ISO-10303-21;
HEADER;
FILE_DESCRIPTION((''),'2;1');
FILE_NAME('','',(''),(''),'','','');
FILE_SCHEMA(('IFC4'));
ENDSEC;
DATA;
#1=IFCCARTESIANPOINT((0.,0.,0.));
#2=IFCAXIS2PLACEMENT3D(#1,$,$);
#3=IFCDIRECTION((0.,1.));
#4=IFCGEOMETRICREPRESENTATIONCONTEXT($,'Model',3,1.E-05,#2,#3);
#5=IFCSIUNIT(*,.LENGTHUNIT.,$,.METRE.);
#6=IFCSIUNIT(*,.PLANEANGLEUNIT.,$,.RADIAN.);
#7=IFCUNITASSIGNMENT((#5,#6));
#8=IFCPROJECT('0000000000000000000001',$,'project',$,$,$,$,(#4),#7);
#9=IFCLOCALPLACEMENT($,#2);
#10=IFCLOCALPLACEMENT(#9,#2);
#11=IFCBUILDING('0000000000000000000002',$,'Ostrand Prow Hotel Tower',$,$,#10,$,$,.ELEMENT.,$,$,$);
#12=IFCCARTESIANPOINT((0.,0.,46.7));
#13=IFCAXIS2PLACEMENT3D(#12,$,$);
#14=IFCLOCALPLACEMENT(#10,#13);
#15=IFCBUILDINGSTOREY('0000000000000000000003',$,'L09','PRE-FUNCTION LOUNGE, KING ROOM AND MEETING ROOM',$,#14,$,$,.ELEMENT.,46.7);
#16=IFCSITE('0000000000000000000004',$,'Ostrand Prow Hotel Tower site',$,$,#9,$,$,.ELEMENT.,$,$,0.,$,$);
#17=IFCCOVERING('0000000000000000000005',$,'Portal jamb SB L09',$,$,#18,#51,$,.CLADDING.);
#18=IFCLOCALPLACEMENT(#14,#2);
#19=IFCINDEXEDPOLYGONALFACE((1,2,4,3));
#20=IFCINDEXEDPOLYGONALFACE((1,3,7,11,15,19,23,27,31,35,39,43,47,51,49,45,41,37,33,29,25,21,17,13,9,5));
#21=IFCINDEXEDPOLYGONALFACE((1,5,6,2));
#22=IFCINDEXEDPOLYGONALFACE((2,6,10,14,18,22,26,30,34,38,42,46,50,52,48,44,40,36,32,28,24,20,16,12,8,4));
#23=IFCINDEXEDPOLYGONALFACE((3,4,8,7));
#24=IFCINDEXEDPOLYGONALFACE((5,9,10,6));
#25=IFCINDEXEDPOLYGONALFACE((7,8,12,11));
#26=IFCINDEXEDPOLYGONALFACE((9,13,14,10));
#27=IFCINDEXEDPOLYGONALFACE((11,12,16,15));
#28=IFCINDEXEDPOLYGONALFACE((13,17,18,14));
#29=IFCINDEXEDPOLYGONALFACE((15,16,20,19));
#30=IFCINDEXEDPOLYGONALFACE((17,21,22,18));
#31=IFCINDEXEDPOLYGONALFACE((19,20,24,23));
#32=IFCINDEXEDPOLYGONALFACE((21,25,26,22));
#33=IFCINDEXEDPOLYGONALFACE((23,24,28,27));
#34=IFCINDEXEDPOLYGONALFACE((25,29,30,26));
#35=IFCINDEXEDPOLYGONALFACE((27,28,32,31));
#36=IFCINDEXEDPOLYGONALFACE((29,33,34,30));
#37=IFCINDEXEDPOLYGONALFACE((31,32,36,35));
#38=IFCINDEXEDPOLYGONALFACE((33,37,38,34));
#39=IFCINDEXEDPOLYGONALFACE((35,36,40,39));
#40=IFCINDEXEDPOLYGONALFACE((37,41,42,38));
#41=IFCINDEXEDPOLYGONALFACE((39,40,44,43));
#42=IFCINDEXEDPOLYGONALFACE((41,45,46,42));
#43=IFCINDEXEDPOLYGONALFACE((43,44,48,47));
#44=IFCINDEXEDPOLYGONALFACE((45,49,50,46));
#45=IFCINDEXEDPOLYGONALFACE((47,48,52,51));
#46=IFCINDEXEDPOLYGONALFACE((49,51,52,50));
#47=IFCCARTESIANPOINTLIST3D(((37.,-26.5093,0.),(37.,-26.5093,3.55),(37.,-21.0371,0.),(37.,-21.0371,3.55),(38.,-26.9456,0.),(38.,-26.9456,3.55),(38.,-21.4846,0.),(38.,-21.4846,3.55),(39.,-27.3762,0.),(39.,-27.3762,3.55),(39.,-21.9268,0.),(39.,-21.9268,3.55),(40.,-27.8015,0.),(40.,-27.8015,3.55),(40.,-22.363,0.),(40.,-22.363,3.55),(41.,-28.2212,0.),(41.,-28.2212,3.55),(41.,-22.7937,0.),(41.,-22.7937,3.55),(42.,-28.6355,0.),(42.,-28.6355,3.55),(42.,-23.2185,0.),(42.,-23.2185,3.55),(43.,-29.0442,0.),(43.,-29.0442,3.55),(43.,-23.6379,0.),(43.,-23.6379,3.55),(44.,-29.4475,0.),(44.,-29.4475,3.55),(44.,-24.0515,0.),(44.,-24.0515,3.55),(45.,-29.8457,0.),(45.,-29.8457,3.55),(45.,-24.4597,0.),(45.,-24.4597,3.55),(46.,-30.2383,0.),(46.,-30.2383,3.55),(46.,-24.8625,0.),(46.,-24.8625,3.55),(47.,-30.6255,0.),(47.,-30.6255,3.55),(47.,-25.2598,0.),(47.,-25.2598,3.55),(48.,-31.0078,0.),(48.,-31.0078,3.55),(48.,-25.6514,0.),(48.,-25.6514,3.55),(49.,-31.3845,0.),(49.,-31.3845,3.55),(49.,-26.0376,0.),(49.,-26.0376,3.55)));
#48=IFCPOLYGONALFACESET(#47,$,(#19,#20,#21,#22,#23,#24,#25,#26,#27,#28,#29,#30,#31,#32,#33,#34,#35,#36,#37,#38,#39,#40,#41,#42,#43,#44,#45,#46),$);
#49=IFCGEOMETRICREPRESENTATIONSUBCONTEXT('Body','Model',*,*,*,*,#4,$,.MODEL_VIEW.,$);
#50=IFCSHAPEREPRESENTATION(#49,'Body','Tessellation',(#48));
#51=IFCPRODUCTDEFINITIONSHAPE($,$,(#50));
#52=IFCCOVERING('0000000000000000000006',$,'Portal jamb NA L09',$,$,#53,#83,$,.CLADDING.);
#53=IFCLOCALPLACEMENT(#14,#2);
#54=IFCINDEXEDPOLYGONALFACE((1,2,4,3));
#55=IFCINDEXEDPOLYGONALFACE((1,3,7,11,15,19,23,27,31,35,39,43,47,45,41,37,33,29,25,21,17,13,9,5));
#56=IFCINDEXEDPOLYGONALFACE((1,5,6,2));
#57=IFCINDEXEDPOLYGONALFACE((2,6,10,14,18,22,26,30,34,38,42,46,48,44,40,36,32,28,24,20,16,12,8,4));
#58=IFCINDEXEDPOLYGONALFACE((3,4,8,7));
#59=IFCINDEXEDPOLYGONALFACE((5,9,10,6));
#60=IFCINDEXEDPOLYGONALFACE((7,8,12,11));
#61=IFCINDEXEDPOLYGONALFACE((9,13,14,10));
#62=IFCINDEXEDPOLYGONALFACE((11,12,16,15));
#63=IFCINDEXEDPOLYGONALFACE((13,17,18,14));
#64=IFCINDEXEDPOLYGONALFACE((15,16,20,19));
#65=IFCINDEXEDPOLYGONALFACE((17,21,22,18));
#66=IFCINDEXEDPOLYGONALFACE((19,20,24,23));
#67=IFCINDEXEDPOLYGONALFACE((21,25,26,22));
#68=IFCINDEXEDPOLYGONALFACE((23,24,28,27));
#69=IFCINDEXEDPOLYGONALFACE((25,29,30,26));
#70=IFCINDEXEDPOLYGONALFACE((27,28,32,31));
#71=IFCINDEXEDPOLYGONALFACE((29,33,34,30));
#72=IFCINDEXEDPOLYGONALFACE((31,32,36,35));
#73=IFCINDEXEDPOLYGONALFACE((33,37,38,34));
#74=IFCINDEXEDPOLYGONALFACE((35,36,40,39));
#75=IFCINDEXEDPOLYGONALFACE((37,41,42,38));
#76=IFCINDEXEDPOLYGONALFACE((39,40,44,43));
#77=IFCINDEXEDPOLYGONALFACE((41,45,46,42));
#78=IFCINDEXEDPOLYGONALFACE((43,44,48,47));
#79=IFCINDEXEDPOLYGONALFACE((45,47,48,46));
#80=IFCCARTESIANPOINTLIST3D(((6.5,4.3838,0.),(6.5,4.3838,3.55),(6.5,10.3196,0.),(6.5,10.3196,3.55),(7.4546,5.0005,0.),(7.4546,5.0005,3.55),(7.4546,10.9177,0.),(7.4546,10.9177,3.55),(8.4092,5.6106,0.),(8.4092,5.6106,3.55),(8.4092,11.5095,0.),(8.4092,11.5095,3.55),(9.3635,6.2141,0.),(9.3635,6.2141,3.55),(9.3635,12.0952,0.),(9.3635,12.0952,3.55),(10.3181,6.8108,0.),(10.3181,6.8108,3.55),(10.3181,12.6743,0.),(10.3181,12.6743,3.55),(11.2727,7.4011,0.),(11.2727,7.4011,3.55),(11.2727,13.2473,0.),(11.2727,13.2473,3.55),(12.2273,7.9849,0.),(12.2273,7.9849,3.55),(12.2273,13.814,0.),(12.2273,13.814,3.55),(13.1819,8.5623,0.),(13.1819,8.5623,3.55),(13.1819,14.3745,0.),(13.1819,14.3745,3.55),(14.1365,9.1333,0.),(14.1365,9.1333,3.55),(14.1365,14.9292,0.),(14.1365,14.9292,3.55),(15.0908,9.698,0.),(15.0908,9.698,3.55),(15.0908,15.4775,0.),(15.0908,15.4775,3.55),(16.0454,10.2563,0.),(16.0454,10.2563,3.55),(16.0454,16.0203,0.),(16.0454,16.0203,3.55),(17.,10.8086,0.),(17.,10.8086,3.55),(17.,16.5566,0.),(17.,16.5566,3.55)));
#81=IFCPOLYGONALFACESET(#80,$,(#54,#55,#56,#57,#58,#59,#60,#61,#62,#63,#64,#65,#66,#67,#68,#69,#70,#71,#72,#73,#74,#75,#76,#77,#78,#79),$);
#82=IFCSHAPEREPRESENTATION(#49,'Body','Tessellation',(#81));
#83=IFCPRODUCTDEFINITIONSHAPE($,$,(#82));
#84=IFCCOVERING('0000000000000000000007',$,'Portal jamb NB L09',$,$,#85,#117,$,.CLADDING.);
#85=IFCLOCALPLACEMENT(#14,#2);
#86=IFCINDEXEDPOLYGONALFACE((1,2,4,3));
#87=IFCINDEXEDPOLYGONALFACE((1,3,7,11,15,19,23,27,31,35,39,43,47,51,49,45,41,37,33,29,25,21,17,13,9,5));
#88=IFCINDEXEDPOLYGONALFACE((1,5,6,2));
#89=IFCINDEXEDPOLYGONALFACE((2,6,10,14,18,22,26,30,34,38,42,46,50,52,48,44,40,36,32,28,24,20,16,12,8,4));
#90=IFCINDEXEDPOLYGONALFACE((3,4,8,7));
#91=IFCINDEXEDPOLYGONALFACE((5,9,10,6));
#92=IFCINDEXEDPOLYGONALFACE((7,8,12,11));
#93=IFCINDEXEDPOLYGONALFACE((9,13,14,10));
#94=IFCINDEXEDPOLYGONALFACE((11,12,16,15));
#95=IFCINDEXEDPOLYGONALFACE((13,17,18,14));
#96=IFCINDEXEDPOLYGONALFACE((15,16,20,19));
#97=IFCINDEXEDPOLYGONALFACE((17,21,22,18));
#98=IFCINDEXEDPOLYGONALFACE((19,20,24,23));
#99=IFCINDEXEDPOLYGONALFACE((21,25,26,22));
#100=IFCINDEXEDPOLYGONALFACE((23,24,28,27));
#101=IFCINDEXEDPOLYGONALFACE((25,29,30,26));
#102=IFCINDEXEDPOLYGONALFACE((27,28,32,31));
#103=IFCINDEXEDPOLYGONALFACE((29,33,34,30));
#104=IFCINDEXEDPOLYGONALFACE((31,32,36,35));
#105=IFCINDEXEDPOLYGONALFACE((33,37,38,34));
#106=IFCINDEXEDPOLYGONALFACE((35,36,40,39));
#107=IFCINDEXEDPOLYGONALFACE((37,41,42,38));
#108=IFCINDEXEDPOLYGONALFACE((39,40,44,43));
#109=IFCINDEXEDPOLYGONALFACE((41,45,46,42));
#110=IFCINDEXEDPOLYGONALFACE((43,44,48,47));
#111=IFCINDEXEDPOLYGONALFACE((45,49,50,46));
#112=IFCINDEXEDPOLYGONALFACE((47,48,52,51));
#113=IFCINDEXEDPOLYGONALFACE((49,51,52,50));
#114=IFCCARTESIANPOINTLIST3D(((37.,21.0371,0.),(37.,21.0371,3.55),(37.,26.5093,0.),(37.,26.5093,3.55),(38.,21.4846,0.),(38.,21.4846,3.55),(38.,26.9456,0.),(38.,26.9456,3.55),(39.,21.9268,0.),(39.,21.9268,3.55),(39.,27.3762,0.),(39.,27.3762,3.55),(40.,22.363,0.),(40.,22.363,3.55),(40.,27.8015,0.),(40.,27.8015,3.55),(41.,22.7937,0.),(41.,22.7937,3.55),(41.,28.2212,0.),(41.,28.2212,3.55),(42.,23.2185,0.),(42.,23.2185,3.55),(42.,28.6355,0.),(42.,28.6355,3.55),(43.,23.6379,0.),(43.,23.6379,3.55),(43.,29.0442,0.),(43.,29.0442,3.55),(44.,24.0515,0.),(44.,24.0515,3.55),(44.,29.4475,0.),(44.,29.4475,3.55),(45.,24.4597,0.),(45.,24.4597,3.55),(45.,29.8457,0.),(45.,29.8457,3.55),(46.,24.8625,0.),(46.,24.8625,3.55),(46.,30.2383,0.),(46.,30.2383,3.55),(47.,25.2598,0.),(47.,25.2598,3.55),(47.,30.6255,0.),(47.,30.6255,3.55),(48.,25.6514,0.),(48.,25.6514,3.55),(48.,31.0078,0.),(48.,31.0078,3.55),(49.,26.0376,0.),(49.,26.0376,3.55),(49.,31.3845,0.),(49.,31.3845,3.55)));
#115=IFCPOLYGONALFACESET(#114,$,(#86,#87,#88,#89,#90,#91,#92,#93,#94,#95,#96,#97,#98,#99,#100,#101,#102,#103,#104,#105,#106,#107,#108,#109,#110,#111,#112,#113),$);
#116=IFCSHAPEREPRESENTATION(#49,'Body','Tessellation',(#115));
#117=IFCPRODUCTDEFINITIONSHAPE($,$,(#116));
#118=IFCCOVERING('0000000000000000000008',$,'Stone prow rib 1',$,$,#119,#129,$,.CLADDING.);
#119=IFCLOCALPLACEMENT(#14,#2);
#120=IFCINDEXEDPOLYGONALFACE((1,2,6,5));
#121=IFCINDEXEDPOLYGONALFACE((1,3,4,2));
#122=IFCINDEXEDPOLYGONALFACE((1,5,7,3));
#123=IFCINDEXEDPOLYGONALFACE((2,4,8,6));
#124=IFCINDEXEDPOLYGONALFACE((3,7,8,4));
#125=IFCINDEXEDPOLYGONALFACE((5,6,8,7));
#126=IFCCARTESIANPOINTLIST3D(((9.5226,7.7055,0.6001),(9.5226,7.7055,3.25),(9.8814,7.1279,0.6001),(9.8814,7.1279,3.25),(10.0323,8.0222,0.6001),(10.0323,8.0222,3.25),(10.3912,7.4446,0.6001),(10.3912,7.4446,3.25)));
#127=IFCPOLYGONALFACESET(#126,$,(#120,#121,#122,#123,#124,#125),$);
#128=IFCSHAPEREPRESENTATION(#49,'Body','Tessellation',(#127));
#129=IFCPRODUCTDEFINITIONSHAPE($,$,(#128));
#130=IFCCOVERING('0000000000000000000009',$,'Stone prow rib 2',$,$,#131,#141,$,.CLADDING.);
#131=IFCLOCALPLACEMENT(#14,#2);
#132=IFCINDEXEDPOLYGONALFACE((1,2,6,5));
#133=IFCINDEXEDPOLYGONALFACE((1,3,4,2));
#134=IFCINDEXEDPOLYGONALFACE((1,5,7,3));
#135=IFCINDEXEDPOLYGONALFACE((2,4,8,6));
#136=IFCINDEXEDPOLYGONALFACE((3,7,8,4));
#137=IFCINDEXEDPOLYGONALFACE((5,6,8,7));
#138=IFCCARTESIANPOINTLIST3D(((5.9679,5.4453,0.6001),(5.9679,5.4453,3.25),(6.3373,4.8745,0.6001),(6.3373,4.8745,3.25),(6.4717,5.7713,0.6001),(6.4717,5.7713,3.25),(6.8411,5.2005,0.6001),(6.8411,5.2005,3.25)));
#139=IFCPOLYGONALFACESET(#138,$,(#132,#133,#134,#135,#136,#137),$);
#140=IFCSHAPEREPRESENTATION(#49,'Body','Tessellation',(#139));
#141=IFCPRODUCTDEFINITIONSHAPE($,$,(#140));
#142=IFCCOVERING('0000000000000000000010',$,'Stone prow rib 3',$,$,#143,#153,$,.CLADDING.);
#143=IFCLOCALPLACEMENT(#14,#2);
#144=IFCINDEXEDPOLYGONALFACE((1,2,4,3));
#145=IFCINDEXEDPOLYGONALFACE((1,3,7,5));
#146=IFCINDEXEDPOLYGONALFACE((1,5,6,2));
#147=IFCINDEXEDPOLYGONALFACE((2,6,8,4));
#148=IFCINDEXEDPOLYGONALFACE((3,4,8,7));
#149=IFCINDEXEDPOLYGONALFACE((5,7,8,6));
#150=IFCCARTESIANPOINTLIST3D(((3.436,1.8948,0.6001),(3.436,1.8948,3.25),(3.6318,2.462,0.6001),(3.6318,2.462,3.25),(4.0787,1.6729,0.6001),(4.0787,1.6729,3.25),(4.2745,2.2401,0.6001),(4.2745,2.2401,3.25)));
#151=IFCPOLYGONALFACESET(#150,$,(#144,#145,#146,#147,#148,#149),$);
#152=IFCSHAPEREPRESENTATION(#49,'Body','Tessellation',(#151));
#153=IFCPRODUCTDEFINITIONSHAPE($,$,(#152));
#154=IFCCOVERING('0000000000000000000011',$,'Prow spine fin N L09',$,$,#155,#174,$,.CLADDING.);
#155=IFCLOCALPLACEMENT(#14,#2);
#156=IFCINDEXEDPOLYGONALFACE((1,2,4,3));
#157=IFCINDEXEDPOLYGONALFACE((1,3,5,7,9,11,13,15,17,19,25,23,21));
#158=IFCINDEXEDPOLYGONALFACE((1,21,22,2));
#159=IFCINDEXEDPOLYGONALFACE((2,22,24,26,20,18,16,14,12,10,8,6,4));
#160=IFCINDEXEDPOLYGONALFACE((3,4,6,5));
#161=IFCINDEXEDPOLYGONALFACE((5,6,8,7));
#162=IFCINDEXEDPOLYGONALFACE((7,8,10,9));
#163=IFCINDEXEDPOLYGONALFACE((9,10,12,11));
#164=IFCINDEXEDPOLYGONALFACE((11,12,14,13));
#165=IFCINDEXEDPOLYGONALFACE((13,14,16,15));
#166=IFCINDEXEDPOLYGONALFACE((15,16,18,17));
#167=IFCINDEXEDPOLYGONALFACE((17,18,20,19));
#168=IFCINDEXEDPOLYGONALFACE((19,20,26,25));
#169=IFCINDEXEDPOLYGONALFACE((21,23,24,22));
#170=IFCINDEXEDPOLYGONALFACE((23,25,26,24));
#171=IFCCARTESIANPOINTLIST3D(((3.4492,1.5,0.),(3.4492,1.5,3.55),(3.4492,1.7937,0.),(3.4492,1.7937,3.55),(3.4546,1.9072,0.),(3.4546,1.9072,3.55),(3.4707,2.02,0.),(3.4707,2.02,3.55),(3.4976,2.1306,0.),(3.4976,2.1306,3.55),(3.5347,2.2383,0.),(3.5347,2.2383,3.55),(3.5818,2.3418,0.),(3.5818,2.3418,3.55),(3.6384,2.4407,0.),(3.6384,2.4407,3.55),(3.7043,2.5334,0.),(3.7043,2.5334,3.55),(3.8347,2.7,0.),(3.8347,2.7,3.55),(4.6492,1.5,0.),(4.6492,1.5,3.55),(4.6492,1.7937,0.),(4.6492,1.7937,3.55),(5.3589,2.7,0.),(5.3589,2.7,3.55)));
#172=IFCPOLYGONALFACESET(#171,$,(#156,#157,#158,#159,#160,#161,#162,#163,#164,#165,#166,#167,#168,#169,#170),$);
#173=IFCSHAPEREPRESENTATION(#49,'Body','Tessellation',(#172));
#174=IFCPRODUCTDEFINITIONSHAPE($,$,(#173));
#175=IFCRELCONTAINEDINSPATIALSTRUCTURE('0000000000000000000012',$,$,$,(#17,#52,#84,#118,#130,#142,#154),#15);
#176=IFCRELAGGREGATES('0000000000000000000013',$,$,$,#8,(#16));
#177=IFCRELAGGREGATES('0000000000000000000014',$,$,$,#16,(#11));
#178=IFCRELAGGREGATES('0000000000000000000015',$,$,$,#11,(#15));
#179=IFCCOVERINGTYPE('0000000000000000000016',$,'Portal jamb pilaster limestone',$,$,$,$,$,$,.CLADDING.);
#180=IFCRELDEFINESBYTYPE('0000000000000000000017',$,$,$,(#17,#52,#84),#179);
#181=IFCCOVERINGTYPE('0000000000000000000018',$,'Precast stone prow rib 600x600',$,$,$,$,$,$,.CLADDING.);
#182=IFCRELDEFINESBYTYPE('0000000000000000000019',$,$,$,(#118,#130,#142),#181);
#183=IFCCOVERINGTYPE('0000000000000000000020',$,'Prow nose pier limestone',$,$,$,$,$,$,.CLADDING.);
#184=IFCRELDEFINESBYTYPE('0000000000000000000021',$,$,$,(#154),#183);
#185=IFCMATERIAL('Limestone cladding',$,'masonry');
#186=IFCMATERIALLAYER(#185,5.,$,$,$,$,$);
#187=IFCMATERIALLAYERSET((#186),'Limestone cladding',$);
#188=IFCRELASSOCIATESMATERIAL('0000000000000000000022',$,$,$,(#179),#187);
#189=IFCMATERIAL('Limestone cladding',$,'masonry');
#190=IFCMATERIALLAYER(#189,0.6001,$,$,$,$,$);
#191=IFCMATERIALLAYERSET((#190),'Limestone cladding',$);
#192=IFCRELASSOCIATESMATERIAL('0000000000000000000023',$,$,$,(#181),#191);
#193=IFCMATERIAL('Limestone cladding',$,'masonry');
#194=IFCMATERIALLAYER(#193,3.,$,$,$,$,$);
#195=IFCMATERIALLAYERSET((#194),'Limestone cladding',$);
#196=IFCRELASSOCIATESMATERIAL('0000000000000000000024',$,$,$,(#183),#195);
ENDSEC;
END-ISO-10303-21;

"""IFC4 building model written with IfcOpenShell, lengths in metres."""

from ifc_helpers import new_model, si_unit, direction, frame, frame_2d, origin, place, context, subcontext, project, spatial, polyline, rectangle, outline, extrude, material, layer, layer_set, type_object, element, save


model = new_model("IFC4")

# Units and contexts
model_context = context("Model", 3, precision=1e-05, world=origin(), true_north=direction((0.0, 1.0)))
body_context = subcontext(model_context, "Body", "Model", "MODEL_VIEW")
ifc_project = project(units=[si_unit("LENGTHUNIT", "METRE"), si_unit("PLANEANGLEUNIT", "RADIAN")], contexts=[model_context])

# Site, building, storey
site_placement = place(None, origin())
site = spatial("IfcSite", under=ifc_project, at=site_placement, Name="Ostrand Prow Hotel Tower site", CompositionType="ELEMENT", RefElevation=0.0)
building_placement = place(site_placement, origin())
building = spatial("IfcBuilding", under=site, at=building_placement, Name="Ostrand Prow Hotel Tower", CompositionType="ELEMENT")
storey_placement = place(building_placement, frame((0.0, 0.0, 46.7)))
storey = spatial("IfcBuildingStorey", under=building, at=storey_placement, Name="L09", Description="PRE-FUNCTION LOUNGE, KING ROOM AND MEETING ROOM", CompositionType="ELEMENT", Elevation=46.7)

# Coverings
ifc_material_1 = material(Name="Limestone cladding", Category="masonry")
ifc_layer_1 = layer(ifc_material_1, 5.0)
ifc_layer_set_1 = layer_set([ifc_layer_1], Name="Limestone cladding")
covering_type_1 = type_object("IfcCoveringType", Name="Portal jamb pilaster limestone", PredefinedType="CLADDING", material=ifc_layer_set_1)
covering_1_placement = place(storey_placement, origin())
element("IfcCovering", 1, at=covering_1_placement, inside=storey, type_object=covering_type_1, Name="Portal jamb SB L09", PredefinedType="CLADDING", context=body_context, shape_type="SweptSolid", body=[
    extrude(outline(polyline([(37.0, -21.0371), (37.0, -26.5093), (38.0, -26.9456), (39.0, -27.3762), (40.0, -27.8015), (41.0, -28.2212), (42.0, -28.6355), (43.0, -29.0442), (44.0, -29.4475), (45.0, -29.8457), (46.0, -30.2383), (47.0, -30.6255), (48.0, -31.0078), (49.0, -31.3845), (49.0, -26.0376), (48.0, -25.6514), (47.0, -25.2598), (46.0, -24.8625), (45.0, -24.4597), (44.0, -24.0515), (43.0, -23.6379), (42.0, -23.2185), (41.0, -22.7937), (40.0, -22.363), (39.0, -21.9268), (38.0, -21.4846), (37.0, -21.0371)])), origin(), (0.0, 0.0, 1.0), 3.55),
])
covering_2_placement = place(storey_placement, origin())
element("IfcCovering", 2, at=covering_2_placement, inside=storey, type_object=covering_type_1, Name="Portal jamb NA L09", PredefinedType="CLADDING", context=body_context, shape_type="SweptSolid", body=[
    extrude(outline(polyline([(6.5, 4.3838), (7.4546, 5.0005), (8.4092, 5.6106), (9.3635, 6.2141), (10.3181, 6.8108), (11.2727, 7.4011), (12.2273, 7.9849), (13.1819, 8.5623), (14.1365, 9.1333), (15.0908, 9.698), (16.0454, 10.2563), (17.0, 10.8086), (17.0, 16.5566), (16.0454, 16.0203), (15.0908, 15.4775), (14.1365, 14.9292), (13.1819, 14.3745), (12.2273, 13.814), (11.2727, 13.2473), (10.3181, 12.6743), (9.3635, 12.0952), (8.4092, 11.5095), (7.4546, 10.9177), (6.5, 10.3196), (6.5, 4.3838)])), origin(), (0.0, 0.0, 1.0), 3.55),
])
covering_3_placement = place(storey_placement, origin())
element("IfcCovering", 3, at=covering_3_placement, inside=storey, type_object=covering_type_1, Name="Portal jamb NB L09", PredefinedType="CLADDING", context=body_context, shape_type="SweptSolid", body=[
    extrude(outline(polyline([(37.0, 21.0371), (38.0, 21.4846), (39.0, 21.9268), (40.0, 22.363), (41.0, 22.7937), (42.0, 23.2185), (43.0, 23.6379), (44.0, 24.0515), (45.0, 24.4597), (46.0, 24.8625), (47.0, 25.2598), (48.0, 25.6514), (49.0, 26.0376), (49.0, 31.3845), (48.0, 31.0078), (47.0, 30.6255), (46.0, 30.2383), (45.0, 29.8457), (44.0, 29.4475), (43.0, 29.0442), (42.0, 28.6355), (41.0, 28.2212), (40.0, 27.8015), (39.0, 27.3762), (38.0, 26.9456), (37.0, 26.5093), (37.0, 21.0371)])), origin(), (0.0, 0.0, 1.0), 3.55),
])
ifc_material_2 = material(Name="Limestone cladding", Category="masonry")
ifc_layer_2 = layer(ifc_material_2, 0.6001)
ifc_layer_set_2 = layer_set([ifc_layer_2], Name="Limestone cladding")
covering_type_2 = type_object("IfcCoveringType", Name="Precast stone prow rib 600x600", PredefinedType="CLADDING", material=ifc_layer_set_2)
for number, where, z_axis, x_axis, name in (
    (4, (10.1362, 7.2864, 0.6001), (0.0, 0.0, 1.0), (-0.527738, 0.849407, 0.0), "Stone prow rib 1"),
    (5, (6.5891, 5.0376, 0.6001), (0.0, 0.0, 1.0), (-0.543296, 0.839541, 0.0), "Stone prow rib 2"),
    (6, (4.1765, 1.9565, 0.6001), (0.0, 0.0, 1.0), (-0.945255, 0.326334, 0.0), "Stone prow rib 3"),
):
    element("IfcCovering", number, at=place(storey_placement, frame(where, z_axis=z_axis, x_axis=x_axis)), inside=storey, type_object=covering_type_2, Name=name, PredefinedType="CLADDING", context=body_context, shape_type="SweptSolid", body=[
        extrude(rectangle(XDim=0.6799, YDim=0.6001, at=frame_2d((0.3398, 0.0))), origin(), (0.0, 0.0, 1.0), 2.6499),
    ])
ifc_material_3 = material(Name="Limestone cladding", Category="masonry")
ifc_layer_3 = layer(ifc_material_3, 3.0)
ifc_layer_set_3 = layer_set([ifc_layer_3], Name="Limestone cladding")
covering_type_3 = type_object("IfcCoveringType", Name="Prow nose pier limestone", PredefinedType="CLADDING", material=ifc_layer_set_3)
covering_4_placement = place(storey_placement, origin())
element("IfcCovering", 7, at=covering_4_placement, inside=storey, type_object=covering_type_3, Name="Prow spine fin N L09", PredefinedType="CLADDING", context=body_context, shape_type="SweptSolid", body=[
    extrude(outline(polyline([(3.4492, 1.7937), (3.4492, 1.5), (4.6492, 1.5), (4.6492, 1.7937), (5.3589, 2.7), (3.8347, 2.7), (3.7043, 2.5334), (3.6384, 2.4407), (3.5818, 2.3418), (3.5347, 2.2383), (3.4976, 2.1306), (3.4707, 2.02), (3.4546, 1.9072), (3.4492, 1.7937)])), origin(), (0.0, 0.0, 1.0), 3.55),
])

save(model, "model.ifc")
